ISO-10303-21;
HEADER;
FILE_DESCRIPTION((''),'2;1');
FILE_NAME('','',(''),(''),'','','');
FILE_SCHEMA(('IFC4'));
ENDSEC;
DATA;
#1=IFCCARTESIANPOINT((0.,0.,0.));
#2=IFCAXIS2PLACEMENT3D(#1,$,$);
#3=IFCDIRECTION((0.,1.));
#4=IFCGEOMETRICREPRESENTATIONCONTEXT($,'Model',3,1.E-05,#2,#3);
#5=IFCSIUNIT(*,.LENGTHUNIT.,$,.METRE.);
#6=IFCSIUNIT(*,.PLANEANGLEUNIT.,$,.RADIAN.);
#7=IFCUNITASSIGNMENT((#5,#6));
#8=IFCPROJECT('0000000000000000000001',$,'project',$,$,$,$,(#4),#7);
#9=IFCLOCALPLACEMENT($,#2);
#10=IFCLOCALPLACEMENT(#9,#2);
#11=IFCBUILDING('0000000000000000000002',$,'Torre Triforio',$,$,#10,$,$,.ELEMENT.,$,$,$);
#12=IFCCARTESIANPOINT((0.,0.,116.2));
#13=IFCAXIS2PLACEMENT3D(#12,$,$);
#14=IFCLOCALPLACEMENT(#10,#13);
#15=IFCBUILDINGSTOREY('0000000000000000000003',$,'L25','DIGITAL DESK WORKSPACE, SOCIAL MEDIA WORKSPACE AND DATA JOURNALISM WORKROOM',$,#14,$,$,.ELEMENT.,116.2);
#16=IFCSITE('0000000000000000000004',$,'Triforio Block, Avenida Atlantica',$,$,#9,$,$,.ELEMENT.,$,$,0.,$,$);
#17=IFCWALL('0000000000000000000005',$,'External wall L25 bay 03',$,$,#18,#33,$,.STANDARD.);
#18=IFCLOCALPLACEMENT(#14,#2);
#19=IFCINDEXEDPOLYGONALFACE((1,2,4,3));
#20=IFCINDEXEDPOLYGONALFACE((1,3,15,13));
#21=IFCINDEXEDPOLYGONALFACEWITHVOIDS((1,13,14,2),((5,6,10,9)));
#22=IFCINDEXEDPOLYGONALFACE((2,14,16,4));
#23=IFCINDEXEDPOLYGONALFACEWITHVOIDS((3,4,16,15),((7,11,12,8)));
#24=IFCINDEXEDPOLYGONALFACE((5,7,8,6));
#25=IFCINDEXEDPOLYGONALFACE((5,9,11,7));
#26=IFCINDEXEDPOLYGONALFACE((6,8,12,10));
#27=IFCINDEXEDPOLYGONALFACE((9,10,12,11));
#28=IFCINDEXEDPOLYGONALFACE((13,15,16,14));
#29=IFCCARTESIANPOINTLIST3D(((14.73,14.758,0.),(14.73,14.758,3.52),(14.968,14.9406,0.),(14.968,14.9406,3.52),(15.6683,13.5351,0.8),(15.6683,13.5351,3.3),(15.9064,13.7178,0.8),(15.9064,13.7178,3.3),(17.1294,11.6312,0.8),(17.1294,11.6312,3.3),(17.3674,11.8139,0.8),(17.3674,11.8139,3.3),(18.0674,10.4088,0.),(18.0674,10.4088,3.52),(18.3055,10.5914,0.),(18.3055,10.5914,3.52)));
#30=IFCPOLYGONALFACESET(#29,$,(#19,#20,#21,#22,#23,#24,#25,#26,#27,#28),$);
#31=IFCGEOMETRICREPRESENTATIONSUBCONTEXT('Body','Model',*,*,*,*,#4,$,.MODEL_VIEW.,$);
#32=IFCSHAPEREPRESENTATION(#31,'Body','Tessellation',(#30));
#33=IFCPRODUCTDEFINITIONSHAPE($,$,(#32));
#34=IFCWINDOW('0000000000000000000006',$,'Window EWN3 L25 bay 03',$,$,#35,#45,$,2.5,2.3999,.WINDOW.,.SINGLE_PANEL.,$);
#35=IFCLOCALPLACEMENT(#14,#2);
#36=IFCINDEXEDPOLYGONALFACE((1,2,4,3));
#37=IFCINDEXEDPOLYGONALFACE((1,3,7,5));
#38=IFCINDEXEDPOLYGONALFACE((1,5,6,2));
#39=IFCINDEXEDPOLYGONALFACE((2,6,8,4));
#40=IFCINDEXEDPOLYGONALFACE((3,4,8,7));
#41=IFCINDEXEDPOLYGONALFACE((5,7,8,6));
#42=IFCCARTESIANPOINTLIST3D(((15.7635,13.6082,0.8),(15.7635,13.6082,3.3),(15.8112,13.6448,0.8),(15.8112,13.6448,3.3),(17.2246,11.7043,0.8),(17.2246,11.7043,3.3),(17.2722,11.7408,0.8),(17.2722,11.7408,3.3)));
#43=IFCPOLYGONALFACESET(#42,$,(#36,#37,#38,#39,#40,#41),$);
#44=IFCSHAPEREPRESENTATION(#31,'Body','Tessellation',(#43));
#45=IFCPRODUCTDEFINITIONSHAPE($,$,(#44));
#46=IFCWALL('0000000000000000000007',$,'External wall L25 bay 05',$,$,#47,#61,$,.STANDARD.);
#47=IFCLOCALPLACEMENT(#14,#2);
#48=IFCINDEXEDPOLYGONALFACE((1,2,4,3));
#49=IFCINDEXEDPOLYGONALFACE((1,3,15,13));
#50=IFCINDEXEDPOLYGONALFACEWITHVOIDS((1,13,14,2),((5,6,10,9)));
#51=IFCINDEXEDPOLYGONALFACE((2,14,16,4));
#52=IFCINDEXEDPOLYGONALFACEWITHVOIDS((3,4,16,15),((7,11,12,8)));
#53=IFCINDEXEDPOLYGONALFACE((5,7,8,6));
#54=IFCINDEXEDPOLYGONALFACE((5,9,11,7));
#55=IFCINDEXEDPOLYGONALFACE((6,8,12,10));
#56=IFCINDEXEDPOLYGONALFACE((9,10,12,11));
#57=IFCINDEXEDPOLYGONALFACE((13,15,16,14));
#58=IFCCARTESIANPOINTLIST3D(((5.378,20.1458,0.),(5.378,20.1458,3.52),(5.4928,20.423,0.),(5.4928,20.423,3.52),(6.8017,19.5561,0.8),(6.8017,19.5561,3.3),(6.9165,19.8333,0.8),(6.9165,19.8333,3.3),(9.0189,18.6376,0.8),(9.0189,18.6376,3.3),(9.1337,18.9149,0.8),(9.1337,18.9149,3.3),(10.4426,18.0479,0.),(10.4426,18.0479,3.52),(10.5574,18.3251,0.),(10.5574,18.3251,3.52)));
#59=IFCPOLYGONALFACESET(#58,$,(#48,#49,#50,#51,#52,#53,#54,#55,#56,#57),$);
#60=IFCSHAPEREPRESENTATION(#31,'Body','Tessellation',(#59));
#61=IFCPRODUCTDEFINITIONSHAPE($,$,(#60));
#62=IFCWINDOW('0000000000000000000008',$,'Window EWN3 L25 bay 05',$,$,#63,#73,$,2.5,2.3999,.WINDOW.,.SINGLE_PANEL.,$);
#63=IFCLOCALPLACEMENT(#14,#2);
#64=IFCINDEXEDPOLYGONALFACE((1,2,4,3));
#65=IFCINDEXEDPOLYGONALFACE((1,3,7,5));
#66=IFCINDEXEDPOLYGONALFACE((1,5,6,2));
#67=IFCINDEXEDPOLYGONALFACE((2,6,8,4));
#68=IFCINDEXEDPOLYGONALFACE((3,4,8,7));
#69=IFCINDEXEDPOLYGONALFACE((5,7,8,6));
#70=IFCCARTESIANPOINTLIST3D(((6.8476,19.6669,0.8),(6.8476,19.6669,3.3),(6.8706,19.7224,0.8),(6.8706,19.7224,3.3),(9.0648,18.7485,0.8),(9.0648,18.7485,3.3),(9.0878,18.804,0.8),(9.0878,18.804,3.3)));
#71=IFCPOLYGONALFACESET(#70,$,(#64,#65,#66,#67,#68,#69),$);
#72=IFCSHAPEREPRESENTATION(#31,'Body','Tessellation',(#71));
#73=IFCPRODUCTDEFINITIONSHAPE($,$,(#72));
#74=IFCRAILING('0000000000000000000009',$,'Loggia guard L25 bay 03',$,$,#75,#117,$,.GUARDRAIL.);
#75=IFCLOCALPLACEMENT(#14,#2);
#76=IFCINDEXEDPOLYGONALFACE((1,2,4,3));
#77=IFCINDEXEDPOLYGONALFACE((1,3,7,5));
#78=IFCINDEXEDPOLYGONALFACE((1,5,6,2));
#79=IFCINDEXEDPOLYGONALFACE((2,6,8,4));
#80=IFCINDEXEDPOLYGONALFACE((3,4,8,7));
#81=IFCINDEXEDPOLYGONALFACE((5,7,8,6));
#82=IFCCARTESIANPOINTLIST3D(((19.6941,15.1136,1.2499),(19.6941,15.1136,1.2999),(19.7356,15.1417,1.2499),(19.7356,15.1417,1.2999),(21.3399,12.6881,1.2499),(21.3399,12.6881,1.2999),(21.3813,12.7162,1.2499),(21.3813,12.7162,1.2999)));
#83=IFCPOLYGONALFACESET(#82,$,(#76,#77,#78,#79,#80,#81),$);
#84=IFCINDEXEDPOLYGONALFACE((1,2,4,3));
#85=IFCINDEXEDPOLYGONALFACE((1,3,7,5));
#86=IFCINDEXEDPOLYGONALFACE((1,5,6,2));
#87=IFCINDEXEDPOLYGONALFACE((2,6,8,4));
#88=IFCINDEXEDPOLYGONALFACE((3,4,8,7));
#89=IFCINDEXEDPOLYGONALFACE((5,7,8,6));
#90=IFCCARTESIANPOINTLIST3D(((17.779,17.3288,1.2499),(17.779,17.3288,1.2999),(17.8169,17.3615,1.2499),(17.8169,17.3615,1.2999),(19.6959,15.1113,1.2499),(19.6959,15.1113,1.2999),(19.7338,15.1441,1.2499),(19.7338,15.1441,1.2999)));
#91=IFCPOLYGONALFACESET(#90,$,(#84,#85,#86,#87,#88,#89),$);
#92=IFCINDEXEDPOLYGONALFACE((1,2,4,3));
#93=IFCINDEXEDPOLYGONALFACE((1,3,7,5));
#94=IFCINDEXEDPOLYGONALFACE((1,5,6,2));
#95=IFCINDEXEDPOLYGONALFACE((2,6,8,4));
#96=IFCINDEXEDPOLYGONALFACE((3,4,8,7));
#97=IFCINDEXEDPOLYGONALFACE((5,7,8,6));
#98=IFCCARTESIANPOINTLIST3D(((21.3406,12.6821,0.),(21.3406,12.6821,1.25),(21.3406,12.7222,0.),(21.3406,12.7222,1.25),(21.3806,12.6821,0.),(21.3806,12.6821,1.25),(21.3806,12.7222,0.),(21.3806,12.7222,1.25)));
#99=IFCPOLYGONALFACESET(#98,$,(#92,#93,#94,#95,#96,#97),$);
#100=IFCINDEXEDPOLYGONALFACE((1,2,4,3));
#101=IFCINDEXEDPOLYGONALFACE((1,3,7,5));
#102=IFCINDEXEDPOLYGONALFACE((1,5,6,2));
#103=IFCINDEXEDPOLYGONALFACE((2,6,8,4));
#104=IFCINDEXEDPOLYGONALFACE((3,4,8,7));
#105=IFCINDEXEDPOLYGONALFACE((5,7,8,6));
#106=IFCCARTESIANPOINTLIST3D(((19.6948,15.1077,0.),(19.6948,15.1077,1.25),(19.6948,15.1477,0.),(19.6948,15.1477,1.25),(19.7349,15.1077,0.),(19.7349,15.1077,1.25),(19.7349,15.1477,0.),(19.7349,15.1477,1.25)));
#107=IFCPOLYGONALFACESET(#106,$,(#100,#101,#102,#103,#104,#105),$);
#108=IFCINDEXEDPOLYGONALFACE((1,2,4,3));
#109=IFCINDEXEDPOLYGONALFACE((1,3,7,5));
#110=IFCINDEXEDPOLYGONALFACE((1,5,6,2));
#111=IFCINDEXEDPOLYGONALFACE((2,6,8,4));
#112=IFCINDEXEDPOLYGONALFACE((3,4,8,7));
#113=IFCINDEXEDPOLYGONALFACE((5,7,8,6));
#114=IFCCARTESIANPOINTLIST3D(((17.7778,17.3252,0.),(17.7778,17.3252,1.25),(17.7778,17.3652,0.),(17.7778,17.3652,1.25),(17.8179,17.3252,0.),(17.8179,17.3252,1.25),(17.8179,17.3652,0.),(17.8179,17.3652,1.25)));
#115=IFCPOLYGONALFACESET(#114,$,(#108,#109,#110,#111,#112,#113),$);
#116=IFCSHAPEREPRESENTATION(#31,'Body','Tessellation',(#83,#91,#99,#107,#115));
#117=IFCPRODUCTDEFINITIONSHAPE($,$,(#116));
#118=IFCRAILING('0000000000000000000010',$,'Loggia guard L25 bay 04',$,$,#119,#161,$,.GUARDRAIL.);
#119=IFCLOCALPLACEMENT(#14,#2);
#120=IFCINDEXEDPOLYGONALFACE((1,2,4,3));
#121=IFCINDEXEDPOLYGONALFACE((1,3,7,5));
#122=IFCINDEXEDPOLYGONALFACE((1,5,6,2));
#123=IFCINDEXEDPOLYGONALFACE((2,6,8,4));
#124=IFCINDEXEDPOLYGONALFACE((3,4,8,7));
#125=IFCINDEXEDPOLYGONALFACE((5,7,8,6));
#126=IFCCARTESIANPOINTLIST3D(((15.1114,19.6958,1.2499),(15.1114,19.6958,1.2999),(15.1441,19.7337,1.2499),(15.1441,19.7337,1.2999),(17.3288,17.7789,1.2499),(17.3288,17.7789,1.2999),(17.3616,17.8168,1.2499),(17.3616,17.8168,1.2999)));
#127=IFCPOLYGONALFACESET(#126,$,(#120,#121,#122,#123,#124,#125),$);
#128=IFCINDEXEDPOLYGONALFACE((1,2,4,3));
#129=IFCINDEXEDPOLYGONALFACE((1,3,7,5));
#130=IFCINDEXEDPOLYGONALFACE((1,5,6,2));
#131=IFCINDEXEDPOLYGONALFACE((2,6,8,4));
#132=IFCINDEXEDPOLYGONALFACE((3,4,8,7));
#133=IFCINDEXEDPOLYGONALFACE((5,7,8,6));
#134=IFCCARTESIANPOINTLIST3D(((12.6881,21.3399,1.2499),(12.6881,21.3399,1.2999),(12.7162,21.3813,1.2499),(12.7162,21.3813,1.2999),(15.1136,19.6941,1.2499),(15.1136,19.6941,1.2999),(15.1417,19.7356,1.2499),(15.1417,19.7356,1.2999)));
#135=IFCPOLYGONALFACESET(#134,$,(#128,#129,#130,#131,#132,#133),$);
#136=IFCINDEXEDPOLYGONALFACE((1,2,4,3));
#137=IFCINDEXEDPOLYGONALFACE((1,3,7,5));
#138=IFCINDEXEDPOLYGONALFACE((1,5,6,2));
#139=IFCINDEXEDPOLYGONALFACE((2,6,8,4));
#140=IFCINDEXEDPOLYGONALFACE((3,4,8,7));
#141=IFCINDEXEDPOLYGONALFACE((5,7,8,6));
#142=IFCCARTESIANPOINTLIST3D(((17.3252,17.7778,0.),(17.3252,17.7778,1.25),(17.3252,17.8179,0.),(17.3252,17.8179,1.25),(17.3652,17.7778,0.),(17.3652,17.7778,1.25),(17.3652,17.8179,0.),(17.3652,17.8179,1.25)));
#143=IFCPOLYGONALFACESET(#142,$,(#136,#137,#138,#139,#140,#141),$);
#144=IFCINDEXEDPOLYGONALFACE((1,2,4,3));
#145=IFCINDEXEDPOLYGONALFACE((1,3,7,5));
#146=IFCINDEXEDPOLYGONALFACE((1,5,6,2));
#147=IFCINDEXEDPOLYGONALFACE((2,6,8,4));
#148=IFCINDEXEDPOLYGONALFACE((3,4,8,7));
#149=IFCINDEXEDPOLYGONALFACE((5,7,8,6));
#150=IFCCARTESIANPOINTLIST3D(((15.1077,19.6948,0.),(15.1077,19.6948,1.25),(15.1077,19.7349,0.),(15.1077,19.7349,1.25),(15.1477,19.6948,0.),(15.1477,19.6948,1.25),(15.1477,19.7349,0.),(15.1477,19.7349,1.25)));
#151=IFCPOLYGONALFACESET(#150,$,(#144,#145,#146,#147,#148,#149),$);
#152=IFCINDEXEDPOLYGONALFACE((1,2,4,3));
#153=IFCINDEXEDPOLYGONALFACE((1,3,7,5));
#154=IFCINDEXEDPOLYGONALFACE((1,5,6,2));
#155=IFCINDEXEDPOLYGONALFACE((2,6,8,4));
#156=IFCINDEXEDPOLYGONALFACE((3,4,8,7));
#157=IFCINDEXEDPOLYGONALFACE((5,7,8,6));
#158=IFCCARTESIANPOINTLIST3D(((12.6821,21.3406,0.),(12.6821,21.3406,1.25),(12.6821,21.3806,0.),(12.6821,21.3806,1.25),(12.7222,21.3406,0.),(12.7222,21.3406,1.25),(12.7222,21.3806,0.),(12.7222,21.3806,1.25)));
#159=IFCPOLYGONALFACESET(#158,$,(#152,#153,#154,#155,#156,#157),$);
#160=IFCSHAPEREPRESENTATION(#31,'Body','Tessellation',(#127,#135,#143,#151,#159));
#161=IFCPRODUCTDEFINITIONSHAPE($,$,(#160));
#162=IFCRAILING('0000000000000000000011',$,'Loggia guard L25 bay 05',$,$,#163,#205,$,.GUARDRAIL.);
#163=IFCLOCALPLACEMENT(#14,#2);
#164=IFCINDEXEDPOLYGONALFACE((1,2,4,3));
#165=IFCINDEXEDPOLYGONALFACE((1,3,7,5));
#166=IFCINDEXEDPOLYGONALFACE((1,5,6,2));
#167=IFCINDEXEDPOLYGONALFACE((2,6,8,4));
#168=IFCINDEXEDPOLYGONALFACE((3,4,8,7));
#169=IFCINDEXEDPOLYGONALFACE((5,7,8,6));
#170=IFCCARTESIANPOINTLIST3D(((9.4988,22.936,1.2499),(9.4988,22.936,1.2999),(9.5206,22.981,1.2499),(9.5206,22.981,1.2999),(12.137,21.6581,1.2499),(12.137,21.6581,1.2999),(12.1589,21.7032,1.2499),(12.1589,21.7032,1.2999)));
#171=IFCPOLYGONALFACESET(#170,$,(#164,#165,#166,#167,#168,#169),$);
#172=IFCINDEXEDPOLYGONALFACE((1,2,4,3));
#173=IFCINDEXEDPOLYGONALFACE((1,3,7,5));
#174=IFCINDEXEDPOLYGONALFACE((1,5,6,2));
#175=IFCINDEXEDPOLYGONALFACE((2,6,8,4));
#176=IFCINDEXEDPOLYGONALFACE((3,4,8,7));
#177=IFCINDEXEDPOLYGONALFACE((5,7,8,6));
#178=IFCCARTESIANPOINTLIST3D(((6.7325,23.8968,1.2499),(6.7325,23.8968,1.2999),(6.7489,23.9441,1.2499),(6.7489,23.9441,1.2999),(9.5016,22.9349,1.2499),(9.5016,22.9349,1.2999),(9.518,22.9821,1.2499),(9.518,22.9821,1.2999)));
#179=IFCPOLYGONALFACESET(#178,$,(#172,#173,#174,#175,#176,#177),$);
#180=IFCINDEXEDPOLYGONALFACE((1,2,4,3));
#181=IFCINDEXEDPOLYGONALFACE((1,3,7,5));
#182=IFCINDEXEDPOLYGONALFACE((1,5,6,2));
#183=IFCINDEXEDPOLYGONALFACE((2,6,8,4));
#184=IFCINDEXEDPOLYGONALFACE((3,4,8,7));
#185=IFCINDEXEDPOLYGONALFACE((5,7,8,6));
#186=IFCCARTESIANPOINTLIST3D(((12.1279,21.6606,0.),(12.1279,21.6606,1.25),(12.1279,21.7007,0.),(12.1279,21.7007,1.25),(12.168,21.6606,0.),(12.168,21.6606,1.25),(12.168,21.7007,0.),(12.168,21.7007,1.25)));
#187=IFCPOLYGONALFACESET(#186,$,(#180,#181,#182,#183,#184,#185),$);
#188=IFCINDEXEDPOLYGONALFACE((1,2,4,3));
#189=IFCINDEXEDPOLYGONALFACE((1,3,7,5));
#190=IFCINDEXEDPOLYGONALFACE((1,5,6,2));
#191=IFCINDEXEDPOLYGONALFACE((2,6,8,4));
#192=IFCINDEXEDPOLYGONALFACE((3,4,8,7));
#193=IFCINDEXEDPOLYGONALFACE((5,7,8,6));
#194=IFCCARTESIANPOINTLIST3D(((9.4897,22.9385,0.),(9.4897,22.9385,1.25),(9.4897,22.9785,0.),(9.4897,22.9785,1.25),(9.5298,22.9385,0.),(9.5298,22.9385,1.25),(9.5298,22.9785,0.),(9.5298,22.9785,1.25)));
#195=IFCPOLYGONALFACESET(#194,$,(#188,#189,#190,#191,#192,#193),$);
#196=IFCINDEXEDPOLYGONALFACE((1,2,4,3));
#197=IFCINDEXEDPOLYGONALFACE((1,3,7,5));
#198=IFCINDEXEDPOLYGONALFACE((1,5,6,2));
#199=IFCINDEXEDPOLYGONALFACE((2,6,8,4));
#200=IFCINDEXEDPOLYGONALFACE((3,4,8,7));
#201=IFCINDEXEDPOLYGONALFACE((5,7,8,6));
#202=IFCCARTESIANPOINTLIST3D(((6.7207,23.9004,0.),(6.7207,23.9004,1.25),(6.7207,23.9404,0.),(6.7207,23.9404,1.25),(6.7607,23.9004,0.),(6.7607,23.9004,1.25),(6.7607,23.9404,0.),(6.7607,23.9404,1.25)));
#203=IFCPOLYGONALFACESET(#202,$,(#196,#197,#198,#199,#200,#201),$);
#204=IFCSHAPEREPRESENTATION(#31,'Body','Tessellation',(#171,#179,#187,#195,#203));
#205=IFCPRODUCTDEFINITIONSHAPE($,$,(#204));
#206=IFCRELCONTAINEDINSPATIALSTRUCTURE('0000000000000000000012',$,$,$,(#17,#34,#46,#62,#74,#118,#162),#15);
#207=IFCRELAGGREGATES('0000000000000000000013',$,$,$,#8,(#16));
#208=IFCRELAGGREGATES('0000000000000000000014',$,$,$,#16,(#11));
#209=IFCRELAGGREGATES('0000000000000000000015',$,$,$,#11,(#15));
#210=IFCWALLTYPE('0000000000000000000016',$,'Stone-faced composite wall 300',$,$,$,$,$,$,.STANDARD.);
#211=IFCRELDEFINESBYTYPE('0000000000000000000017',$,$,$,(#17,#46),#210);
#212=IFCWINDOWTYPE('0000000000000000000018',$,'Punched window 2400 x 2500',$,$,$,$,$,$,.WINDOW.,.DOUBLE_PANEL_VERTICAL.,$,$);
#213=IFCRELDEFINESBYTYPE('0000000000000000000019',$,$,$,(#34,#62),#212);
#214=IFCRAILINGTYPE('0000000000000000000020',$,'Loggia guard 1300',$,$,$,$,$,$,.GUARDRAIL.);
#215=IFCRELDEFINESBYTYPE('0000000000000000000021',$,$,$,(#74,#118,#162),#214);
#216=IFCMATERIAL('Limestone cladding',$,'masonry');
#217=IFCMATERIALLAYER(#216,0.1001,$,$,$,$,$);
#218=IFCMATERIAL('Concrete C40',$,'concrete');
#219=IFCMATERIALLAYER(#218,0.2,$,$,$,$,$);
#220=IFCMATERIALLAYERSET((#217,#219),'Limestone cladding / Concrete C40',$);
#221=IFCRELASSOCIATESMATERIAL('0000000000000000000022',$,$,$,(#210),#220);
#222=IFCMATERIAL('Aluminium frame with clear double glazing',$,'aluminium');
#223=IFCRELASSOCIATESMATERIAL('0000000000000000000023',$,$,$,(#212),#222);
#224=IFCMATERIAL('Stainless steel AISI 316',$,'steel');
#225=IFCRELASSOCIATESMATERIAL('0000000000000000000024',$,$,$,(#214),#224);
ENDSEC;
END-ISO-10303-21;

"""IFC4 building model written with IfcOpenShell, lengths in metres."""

from ifc_helpers import new_model, si_unit, direction, frame, frame_2d, origin, origin_2d, place, context, subcontext, project, spatial, rectangle, extrude, material, layer, layer_set, type_object, element, fill, save


model = new_model("IFC4")

# Units and contexts
model_context = context("Model", 3, precision=1e-05, world=origin(), true_north=direction((0.0, 1.0)))
body_context = subcontext(model_context, "Body", "Model", "MODEL_VIEW")
ifc_project = project(units=[si_unit("LENGTHUNIT", "METRE"), si_unit("PLANEANGLEUNIT", "RADIAN")], contexts=[model_context])

# Site, building, storey
site_placement = place(None, origin())
site = spatial("IfcSite", under=ifc_project, at=site_placement, Name="Triforio Block, Avenida Atlantica", CompositionType="ELEMENT", RefElevation=0.0)
building_placement = place(site_placement, origin())
building = spatial("IfcBuilding", under=site, at=building_placement, Name="Torre Triforio", CompositionType="ELEMENT")
storey_placement = place(building_placement, frame((0.0, 0.0, 116.2)))
storey = spatial("IfcBuildingStorey", under=building, at=storey_placement, Name="L25", Description="DIGITAL DESK WORKSPACE, SOCIAL MEDIA WORKSPACE AND DATA JOURNALISM WORKROOM", CompositionType="ELEMENT", Elevation=116.2)

# Shared definitions
ifc_material_1 = material(Name="Limestone cladding", Category="masonry")
ifc_material_2 = material(Name="Concrete C40", Category="concrete")

# Wall, opening, window
ifc_layer_1 = layer(ifc_material_1, 0.1001)
ifc_layer_2 = layer(ifc_material_2, 0.2)
ifc_layer_set_1 = layer_set([ifc_layer_1, ifc_layer_2], Name="Limestone cladding / Concrete C40")
wall_type_1 = type_object("IfcWallType", Name="Stone-faced composite wall 300", PredefinedType="STANDARD", material=ifc_layer_set_1)
wall_1_placement = place(storey_placement, frame((18.1865, 10.5, 0.0), z_axis=(0.0, 0.0, 1.0), x_axis=(-0.608785, 0.793335, 0.0)))
wall_1 = element("IfcWall", 1, at=wall_1_placement, inside=storey, type_object=wall_type_1, Name="External wall L25 bay 03", PredefinedType="STANDARD", context=body_context, shape_type="SweptSolid", body=[
    extrude(rectangle(XDim=5.4822, YDim=0.3, at=frame_2d((2.7412, 0.0))), origin(), (0.0, 0.0, 1.0), 3.52),
])
opening_1_placement = place(wall_1_placement, frame((1.541, 0.0, 0.8)))
opening_1 = element("IfcOpeningElement", 2, at=opening_1_placement, cuts=wall_1, PredefinedType="OPENING", context=body_context, shape_type="SweptSolid", body=[
    extrude(rectangle(XDim=2.3999, YDim=2.5, at=frame_2d((1.2, 1.25))), frame((0.0, 0.1599, 0.0), z_axis=(0.0, -1.0, 0.0), x_axis=(1.0, 0.0, 0.0)), (0.0, 0.0, 1.0), 0.3201),
])
ifc_material_3 = material(Name="Aluminium frame with clear double glazing", Category="aluminium")
window_type_1 = type_object("IfcWindowType", Name="Punched window 2400 x 2500", PartitioningType="DOUBLE_PANEL_VERTICAL", PredefinedType="WINDOW", material=ifc_material_3)
window_1_placement = place(opening_1_placement, origin())
window_1 = element("IfcWindow", 3, at=window_1_placement, inside=storey, type_object=window_type_1, Name="Window EWN3 L25 bay 03", OverallHeight=2.5, OverallWidth=2.3999, PartitioningType="SINGLE_PANEL", PredefinedType="WINDOW", context=body_context, shape_type="SweptSolid", body=[
    extrude(rectangle(XDim=2.3999, YDim=2.5, at=frame_2d((1.2, 1.25))), frame((0.0, 0.03, 0.0), z_axis=(0.0, -1.0, 0.0), x_axis=(1.0, 0.0, 0.0)), (0.0, 0.0, 1.0), 0.0601),
])
fill(opening_1, window_1)

# Wall, opening, window
wall_2_placement = place(storey_placement, frame((10.5, 18.1865, 0.0), z_axis=(0.0, 0.0, 1.0), x_axis=(-0.923877, 0.382689, 0.0)))
wall_2 = element("IfcWall", 4, at=wall_2_placement, inside=storey, type_object=wall_type_1, Name="External wall L25 bay 05", PredefinedType="STANDARD", context=body_context, shape_type="SweptSolid", body=[
    extrude(rectangle(XDim=5.4819, YDim=0.3, at=frame_2d((2.741, 0.0))), origin(), (0.0, 0.0, 1.0), 3.52),
])
opening_2_placement = place(wall_2_placement, frame((1.541, 0.0, 0.8)))
opening_2 = element("IfcOpeningElement", 5, at=opening_2_placement, cuts=wall_2, PredefinedType="OPENING", context=body_context, shape_type="SweptSolid", body=[
    extrude(rectangle(XDim=2.3999, YDim=2.5, at=frame_2d((1.2, 1.25))), frame((0.0, 0.1599, 0.0), z_axis=(0.0, -1.0, 0.0), x_axis=(1.0, 0.0, 0.0)), (0.0, 0.0, 1.0), 0.3201),
])
window_2_placement = place(opening_2_placement, origin())
window_2 = element("IfcWindow", 6, at=window_2_placement, inside=storey, type_object=window_type_1, Name="Window EWN3 L25 bay 05", OverallHeight=2.5, OverallWidth=2.3999, PartitioningType="SINGLE_PANEL", PredefinedType="WINDOW", context=body_context, shape_type="SweptSolid", body=[
    extrude(rectangle(XDim=2.3999, YDim=2.5, at=frame_2d((1.2, 1.25))), frame((0.0, 0.03, 0.0), z_axis=(0.0, -1.0, 0.0), x_axis=(1.0, 0.0, 0.0)), (0.0, 0.0, 1.0), 0.0601),
])
fill(opening_2, window_2)

# Railings
ifc_material_4 = material(Name="Stainless steel AISI 316", Category="steel")
railing_type = type_object("IfcRailingType", Name="Loggia guard 1300", PredefinedType="GUARDRAIL", material=ifc_material_4)
railing_1_placement = place(storey_placement, frame((21.3606, 12.7021, 0.0)))
element("IfcRailing", 7, at=railing_1_placement, inside=storey, type_object=railing_type, Name="Loggia guard L25 bay 03", PredefinedType="GUARDRAIL", context=body_context, shape_type="SweptSolid", body=[
    extrude(rectangle(XDim=0.05, YDim=0.05, at=origin_2d()), frame((0.0, 0.0, 1.2749), z_axis=(-0.561467, 0.827499, 0.0), x_axis=(-0.827499, -0.561467, 0.0)), (0.0, 0.0, 1.0), 2.9312),
    extrude(rectangle(XDim=0.05, YDim=0.05, at=origin_2d()), frame((-1.6458, 2.4255, 1.2749), z_axis=(-0.653982, 0.75651, 0.0), x_axis=(-0.75651, -0.653982, 0.0)), (0.0, 0.0, 1.0), 2.9312),
    extrude(rectangle(XDim=0.04, YDim=0.04, at=origin_2d()), origin(), (0.0, 0.0, 1.0), 1.25),
    extrude(rectangle(XDim=0.04, YDim=0.04, at=origin_2d()), frame((-1.6458, 2.4255, 0.0)), (0.0, 0.0, 1.0), 1.25),
    extrude(rectangle(XDim=0.04, YDim=0.04, at=origin_2d()), frame((-3.5627, 4.6431, 0.0)), (0.0, 0.0, 1.0), 1.25),
])
railing_2_placement = place(storey_placement, frame((17.3452, 17.7979, 0.0)))
element("IfcRailing", 8, at=railing_2_placement, inside=storey, type_object=railing_type, Name="Loggia guard L25 bay 04", PredefinedType="GUARDRAIL", context=body_context, shape_type="SweptSolid", body=[
    extrude(rectangle(XDim=0.05, YDim=0.05, at=origin_2d()), frame((0.0, 0.0, 1.2749), z_axis=(-0.75651, 0.653982, 0.0), x_axis=(-0.653982, -0.75651, 0.0)), (0.0, 0.0, 1.0), 2.9312),
    extrude(rectangle(XDim=0.05, YDim=0.05, at=origin_2d()), frame((-2.2175, 1.917, 1.2749), z_axis=(-0.827499, 0.561467, 0.0), x_axis=(-0.561467, -0.827499, 0.0)), (0.0, 0.0, 1.0), 2.9312),
    extrude(rectangle(XDim=0.04, YDim=0.04, at=origin_2d()), origin(), (0.0, 0.0, 1.0), 1.25),
    extrude(rectangle(XDim=0.04, YDim=0.04, at=origin_2d()), frame((-2.2175, 1.917, 0.0)), (0.0, 0.0, 1.0), 1.25),
    extrude(rectangle(XDim=0.04, YDim=0.04, at=origin_2d()), frame((-4.6431, 3.5627, 0.0)), (0.0, 0.0, 1.0), 1.25),
])
railing_3_placement = place(storey_placement, frame((12.1479, 21.6807, 0.0)))
element("IfcRailing", 9, at=railing_3_placement, inside=storey, type_object=railing_type, Name="Loggia guard L25 bay 05", PredefinedType="GUARDRAIL", context=body_context, shape_type="SweptSolid", body=[
    extrude(rectangle(XDim=0.05, YDim=0.05, at=origin_2d()), frame((0.0, 0.0, 1.2749), z_axis=(-0.899986, 0.435918, 0.0), x_axis=(-0.435918, -0.899986, 0.0)), (0.0, 0.0, 1.0), 2.9314),
    extrude(rectangle(XDim=0.05, YDim=0.05, at=origin_2d()), frame((-2.6382, 1.2778, 1.2749), z_axis=(-0.944627, 0.328146, 0.0), x_axis=(-0.328146, -0.944627, 0.0)), (0.0, 0.0, 1.0), 2.9314),
    extrude(rectangle(XDim=0.04, YDim=0.04, at=origin_2d()), origin(), (0.0, 0.0, 1.0), 1.25),
    extrude(rectangle(XDim=0.04, YDim=0.04, at=origin_2d()), frame((-2.6382, 1.2778, 0.0)), (0.0, 0.0, 1.0), 1.25),
    extrude(rectangle(XDim=0.04, YDim=0.04, at=origin_2d()), frame((-5.4072, 2.2397, 0.0)), (0.0, 0.0, 1.0), 1.25),
])

save(model, "model.ifc")
